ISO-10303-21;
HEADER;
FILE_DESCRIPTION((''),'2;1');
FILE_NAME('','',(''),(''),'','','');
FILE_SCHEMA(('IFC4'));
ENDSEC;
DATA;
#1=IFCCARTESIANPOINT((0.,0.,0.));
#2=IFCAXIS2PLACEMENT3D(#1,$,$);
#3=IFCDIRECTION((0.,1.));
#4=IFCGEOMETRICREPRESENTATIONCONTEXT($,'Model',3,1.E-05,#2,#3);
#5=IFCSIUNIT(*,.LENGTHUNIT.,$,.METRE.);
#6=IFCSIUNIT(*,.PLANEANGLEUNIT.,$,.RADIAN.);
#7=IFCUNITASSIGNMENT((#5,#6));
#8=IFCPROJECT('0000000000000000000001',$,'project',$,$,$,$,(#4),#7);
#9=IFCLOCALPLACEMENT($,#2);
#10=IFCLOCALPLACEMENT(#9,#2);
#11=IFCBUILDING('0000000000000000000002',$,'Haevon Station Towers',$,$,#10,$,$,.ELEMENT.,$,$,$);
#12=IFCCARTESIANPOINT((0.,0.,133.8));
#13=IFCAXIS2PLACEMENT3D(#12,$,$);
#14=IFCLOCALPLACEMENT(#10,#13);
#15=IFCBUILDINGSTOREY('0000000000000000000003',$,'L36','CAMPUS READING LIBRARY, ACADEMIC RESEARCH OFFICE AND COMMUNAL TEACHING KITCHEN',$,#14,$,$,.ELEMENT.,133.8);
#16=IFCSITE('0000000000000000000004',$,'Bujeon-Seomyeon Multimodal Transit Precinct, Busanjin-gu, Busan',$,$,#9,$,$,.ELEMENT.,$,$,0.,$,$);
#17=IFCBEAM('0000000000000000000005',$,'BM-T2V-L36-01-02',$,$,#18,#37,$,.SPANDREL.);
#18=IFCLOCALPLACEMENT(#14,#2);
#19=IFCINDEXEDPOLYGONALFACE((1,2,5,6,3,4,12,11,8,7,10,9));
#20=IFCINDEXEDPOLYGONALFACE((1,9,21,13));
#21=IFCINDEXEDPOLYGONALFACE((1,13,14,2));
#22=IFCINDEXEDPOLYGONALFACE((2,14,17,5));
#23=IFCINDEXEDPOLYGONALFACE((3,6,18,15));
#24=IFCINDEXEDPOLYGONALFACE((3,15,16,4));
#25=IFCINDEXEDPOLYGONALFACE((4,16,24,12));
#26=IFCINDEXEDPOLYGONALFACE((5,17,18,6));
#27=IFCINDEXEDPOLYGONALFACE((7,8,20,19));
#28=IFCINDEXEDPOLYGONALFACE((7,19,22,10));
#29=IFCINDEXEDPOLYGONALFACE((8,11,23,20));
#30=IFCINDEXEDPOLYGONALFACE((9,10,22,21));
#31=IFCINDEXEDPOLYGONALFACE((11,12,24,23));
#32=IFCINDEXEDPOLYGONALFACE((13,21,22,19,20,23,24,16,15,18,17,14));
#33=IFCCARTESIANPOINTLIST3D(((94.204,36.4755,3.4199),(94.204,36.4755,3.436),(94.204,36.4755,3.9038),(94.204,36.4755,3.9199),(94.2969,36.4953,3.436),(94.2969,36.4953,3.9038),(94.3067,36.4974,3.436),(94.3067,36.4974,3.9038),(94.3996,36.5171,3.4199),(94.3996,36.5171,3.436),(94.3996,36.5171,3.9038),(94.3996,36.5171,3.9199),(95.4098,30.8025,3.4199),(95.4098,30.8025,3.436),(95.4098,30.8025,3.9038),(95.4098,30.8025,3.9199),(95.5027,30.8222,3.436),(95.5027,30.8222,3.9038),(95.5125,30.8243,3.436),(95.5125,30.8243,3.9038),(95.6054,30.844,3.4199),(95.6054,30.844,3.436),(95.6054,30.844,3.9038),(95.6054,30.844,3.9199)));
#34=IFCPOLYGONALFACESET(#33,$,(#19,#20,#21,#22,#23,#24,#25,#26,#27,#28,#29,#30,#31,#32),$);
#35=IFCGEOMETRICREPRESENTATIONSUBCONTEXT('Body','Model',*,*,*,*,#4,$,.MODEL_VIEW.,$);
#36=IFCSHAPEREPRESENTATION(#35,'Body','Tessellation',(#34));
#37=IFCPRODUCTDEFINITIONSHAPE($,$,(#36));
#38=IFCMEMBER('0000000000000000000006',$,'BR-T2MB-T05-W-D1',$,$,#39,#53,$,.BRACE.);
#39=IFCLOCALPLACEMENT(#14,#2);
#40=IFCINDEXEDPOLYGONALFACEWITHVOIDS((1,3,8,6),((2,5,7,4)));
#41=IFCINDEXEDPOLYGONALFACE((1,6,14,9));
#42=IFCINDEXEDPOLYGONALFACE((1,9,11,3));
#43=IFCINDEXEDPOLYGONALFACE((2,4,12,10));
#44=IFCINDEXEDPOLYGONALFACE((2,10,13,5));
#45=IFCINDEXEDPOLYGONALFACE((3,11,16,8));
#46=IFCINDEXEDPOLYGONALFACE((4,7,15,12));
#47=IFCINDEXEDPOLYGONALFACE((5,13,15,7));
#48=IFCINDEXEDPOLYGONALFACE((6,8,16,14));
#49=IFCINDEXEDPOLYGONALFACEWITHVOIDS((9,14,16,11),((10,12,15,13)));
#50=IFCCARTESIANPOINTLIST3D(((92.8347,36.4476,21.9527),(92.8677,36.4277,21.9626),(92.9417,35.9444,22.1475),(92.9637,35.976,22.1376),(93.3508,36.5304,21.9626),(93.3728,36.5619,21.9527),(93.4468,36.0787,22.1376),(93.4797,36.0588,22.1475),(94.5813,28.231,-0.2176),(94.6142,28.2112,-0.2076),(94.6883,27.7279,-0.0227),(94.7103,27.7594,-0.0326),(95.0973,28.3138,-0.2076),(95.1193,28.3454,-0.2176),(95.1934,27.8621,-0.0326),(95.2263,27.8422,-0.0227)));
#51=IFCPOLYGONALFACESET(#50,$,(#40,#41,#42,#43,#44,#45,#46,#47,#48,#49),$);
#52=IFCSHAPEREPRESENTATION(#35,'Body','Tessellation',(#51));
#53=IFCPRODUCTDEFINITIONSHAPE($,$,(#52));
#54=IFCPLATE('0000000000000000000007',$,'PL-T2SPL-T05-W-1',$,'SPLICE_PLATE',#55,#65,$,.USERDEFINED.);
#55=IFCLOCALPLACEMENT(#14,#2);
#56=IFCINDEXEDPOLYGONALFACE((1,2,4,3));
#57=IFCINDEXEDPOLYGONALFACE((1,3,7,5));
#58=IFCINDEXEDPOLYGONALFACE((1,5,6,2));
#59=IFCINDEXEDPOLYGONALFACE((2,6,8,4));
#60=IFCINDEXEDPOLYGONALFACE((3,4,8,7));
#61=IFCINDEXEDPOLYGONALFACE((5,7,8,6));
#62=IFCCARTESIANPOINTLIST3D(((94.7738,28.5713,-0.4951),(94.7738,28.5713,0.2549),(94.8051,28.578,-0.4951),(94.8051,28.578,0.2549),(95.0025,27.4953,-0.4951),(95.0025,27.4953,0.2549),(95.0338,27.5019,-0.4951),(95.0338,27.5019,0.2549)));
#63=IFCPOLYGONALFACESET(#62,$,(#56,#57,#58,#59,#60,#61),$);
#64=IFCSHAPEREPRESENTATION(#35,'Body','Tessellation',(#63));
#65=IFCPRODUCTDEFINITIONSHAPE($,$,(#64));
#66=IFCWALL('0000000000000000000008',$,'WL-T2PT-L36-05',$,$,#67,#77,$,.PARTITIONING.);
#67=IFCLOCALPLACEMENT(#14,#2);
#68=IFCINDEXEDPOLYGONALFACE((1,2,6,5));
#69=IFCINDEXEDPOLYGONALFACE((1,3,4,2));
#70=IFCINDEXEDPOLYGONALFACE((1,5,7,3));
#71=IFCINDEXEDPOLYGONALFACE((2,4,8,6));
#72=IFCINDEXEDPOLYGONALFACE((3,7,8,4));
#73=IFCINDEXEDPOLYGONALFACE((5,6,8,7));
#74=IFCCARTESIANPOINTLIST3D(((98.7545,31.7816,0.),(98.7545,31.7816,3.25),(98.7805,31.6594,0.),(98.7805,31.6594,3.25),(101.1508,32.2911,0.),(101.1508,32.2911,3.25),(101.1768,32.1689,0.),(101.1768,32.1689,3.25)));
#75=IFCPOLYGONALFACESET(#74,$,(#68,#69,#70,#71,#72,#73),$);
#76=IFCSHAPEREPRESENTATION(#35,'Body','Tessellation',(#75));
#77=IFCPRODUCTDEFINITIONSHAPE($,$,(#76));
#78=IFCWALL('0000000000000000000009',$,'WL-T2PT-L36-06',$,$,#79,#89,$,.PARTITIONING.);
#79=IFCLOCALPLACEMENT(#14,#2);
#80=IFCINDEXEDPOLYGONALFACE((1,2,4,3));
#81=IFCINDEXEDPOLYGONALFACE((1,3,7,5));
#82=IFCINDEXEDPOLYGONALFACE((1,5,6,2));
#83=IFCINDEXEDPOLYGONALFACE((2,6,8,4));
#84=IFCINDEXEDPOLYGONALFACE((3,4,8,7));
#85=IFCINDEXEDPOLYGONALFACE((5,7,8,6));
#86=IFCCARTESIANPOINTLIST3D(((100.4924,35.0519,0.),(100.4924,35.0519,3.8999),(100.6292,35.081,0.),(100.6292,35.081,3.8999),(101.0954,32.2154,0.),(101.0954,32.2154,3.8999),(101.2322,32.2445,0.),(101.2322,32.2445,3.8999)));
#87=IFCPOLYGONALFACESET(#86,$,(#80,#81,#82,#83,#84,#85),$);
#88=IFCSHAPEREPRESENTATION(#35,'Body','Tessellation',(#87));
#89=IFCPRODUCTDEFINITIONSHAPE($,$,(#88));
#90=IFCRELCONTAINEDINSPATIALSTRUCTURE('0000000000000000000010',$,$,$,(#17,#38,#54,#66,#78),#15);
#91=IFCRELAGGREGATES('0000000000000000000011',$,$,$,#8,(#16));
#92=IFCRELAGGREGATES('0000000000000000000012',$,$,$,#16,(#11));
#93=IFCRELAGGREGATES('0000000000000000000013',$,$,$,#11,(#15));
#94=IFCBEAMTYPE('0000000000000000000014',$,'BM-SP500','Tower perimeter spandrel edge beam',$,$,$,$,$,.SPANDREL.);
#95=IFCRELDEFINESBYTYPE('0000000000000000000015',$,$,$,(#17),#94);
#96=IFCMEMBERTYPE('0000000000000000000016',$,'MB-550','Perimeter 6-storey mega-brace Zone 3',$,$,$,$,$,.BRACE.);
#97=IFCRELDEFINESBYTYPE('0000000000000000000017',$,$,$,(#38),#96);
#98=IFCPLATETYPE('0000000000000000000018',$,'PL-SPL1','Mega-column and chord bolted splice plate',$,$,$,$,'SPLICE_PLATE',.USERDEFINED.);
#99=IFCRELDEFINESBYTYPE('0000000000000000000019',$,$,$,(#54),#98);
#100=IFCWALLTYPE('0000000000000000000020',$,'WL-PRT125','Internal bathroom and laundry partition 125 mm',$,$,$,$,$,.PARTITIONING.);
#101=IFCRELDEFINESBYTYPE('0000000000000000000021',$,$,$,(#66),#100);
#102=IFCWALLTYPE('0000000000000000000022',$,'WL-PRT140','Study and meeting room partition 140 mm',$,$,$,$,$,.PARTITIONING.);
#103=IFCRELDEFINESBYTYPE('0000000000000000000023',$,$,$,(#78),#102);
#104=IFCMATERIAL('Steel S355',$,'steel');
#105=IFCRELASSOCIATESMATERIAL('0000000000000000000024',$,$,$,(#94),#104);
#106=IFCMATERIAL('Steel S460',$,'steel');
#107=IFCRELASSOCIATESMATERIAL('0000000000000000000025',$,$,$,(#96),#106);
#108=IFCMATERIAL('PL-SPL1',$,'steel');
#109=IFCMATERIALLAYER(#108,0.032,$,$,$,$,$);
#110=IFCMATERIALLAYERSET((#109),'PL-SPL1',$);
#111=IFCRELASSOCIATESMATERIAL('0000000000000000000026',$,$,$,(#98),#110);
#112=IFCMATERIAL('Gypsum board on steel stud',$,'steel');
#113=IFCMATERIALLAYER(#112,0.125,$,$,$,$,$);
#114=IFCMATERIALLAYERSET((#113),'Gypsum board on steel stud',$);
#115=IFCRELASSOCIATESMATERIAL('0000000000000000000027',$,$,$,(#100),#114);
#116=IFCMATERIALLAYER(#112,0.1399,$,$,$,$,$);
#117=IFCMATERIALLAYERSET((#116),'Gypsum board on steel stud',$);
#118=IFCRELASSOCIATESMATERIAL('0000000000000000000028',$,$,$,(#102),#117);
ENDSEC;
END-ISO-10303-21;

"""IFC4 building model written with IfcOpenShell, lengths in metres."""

from ifc_helpers import new_model, si_unit, direction, frame, frame_2d, origin, origin_2d, place, context, subcontext, project, spatial, rectangle, hollow_rectangle, i_section, extrude, material, layer, layer_set, material_profile, profile_set, type_object, element, save


model = new_model("IFC4")

# Units and contexts
model_context = context("Model", 3, precision=1e-05, world=origin(), true_north=direction((0.0, 1.0)))
body_context = subcontext(model_context, "Body", "Model", "MODEL_VIEW")
ifc_project = project(units=[si_unit("LENGTHUNIT", "METRE"), si_unit("PLANEANGLEUNIT", "RADIAN")], contexts=[model_context])

# Site, building, storey
site_placement = place(None, origin())
site = spatial("IfcSite", under=ifc_project, at=site_placement, Name="Bujeon-Seomyeon Multimodal Transit Precinct, Busanjin-gu, Busan", CompositionType="ELEMENT", RefElevation=0.0)
building_placement = place(site_placement, origin())
building = spatial("IfcBuilding", under=site, at=building_placement, Name="Haevon Station Towers", CompositionType="ELEMENT")
storey_placement = place(building_placement, frame((0.0, 0.0, 133.8)))
storey = spatial("IfcBuildingStorey", under=building, at=storey_placement, Name="L36", Description="CAMPUS READING LIBRARY, ACADEMIC RESEARCH OFFICE AND COMMUNAL TEACHING KITCHEN", CompositionType="ELEMENT", Elevation=133.8)

# Shared definitions
ifc_material_1 = material(Name="Steel S460", Category="steel")

# Beam
ifc_material_2 = material(Name="Steel S355", Category="steel")
ifc_material_profile_1 = material_profile(ifc_material_2, i_section(OverallWidth=0.2, OverallDepth=0.5, WebThickness=0.01, FlangeThickness=0.0161, at=origin_2d()), Name="H-500x200x10x16")
ifc_profile_set_1 = profile_set([ifc_material_profile_1], Name="Steel S355")
beam_type_1 = type_object("IfcBeamType", Name="BM-SP500", Description="Tower perimeter spandrel edge beam", PredefinedType="SPANDREL", material=ifc_profile_set_1)
beam_1_placement = place(storey_placement, frame((95.5076, 30.8232, 3.6699), z_axis=(-0.207905, 0.978149, 0.0), x_axis=(-0.978149, -0.207905, 0.0)))
element("IfcBeam", 1, at=beam_1_placement, inside=storey, type_object=beam_type_1, Name="BM-T2V-L36-01-02", PredefinedType="SPANDREL", context=body_context, shape_type="SweptSolid", body=[
    extrude(i_section(OverallWidth=0.2, OverallDepth=0.5, WebThickness=0.01, FlangeThickness=0.0161, at=origin_2d()), origin(), (0.0, 0.0, 1.0), 5.7998),
])

# Member
ifc_material_profile_2 = material_profile(ifc_material_1, hollow_rectangle(XDim=0.55, YDim=0.55, WallThickness=0.0281, at=origin_2d()), Name="RHS-550x550x28")
ifc_profile_set_2 = profile_set([ifc_material_profile_2], Name="Steel S460")
member_type = type_object("IfcMemberType", Name="MB-550", Description="Perimeter 6-storey mega-brace Zone 3", PredefinedType="BRACE", material=ifc_profile_set_2)
member_placement = place(storey_placement, frame((94.9038, 28.0366, -0.1201), z_axis=(-0.07367, 0.34657, 0.935127), x_axis=(-0.978145, -0.207923, 0.0)))
element("IfcMember", 2, at=member_placement, inside=storey, type_object=member_type, Name="BR-T2MB-T05-W-D1", PredefinedType="BRACE", context=body_context, shape_type="SweptSolid", body=[
    extrude(hollow_rectangle(XDim=0.55, YDim=0.55, WallThickness=0.0281, at=origin_2d()), origin(), (0.0, 0.0, 1.0), 23.7083),
])

# Plate
ifc_material_3 = material(Name="PL-SPL1", Category="steel")
ifc_layer_1 = layer(ifc_material_3, 0.032)
ifc_layer_set_1 = layer_set([ifc_layer_1], Name="PL-SPL1")
plate_type = type_object("IfcPlateType", Name="PL-SPL1", Description="Mega-column and chord bolted splice plate", ElementType="SPLICE_PLATE", PredefinedType="USERDEFINED", material=ifc_layer_set_1)
plate_placement = place(storey_placement, frame((94.9038, 28.0366, -0.4951), z_axis=(0.0, 0.0, 1.0), x_axis=(-0.207912, 0.978148, 0.0)))
element("IfcPlate", 3, at=plate_placement, inside=storey, type_object=plate_type, Name="PL-T2SPL-T05-W-1", ObjectType="SPLICE_PLATE", PredefinedType="USERDEFINED", context=body_context, shape_type="SweptSolid", body=[
    extrude(rectangle(XDim=1.1001, YDim=0.032, at=origin_2d()), origin(), (0.0, 0.0, 1.0), 0.75),
])

# Walls
ifc_material_4 = material(Name="Gypsum board on steel stud", Category="steel")
ifc_layer_2 = layer(ifc_material_4, 0.125)
ifc_layer_set_2 = layer_set([ifc_layer_2], Name="Gypsum board on steel stud")
wall_type_1 = type_object("IfcWallType", Name="WL-PRT125", Description="Internal bathroom and laundry partition 125 mm", PredefinedType="PARTITIONING", material=ifc_layer_set_2)
wall_1_placement = place(storey_placement, frame((98.7673, 31.7205, 0.0), z_axis=(0.0, 0.0, 1.0), x_axis=(0.978137, 0.207964, 0.0)))
element("IfcWall", 4, at=wall_1_placement, inside=storey, type_object=wall_type_1, Name="WL-T2PT-L36-05", PredefinedType="PARTITIONING", context=body_context, shape_type="SweptSolid", body=[
    extrude(rectangle(XDim=2.45, YDim=0.125, at=frame_2d((1.2251, 0.0))), origin(), (0.0, 0.0, 1.0), 3.25),
])
ifc_layer_3 = layer(ifc_material_4, 0.1399)
ifc_layer_set_3 = layer_set([ifc_layer_3], Name="Gypsum board on steel stud")
wall_type_2 = type_object("IfcWallType", Name="WL-PRT140", Description="Study and meeting room partition 140 mm", PredefinedType="PARTITIONING", material=ifc_layer_set_3)
wall_2_placement = place(storey_placement, frame((101.1638, 32.23, 0.0), z_axis=(0.0, 0.0, 1.0), x_axis=(-0.207953, 0.978139, 0.0)))
element("IfcWall", 5, at=wall_2_placement, inside=storey, type_object=wall_type_2, Name="WL-T2PT-L36-06", PredefinedType="PARTITIONING", context=body_context, shape_type="SweptSolid", body=[
    extrude(rectangle(XDim=2.8999, YDim=0.1399, at=frame_2d((1.45, 0.0))), origin(), (0.0, 0.0, 1.0), 3.8999),
])

save(model, "model.ifc")
